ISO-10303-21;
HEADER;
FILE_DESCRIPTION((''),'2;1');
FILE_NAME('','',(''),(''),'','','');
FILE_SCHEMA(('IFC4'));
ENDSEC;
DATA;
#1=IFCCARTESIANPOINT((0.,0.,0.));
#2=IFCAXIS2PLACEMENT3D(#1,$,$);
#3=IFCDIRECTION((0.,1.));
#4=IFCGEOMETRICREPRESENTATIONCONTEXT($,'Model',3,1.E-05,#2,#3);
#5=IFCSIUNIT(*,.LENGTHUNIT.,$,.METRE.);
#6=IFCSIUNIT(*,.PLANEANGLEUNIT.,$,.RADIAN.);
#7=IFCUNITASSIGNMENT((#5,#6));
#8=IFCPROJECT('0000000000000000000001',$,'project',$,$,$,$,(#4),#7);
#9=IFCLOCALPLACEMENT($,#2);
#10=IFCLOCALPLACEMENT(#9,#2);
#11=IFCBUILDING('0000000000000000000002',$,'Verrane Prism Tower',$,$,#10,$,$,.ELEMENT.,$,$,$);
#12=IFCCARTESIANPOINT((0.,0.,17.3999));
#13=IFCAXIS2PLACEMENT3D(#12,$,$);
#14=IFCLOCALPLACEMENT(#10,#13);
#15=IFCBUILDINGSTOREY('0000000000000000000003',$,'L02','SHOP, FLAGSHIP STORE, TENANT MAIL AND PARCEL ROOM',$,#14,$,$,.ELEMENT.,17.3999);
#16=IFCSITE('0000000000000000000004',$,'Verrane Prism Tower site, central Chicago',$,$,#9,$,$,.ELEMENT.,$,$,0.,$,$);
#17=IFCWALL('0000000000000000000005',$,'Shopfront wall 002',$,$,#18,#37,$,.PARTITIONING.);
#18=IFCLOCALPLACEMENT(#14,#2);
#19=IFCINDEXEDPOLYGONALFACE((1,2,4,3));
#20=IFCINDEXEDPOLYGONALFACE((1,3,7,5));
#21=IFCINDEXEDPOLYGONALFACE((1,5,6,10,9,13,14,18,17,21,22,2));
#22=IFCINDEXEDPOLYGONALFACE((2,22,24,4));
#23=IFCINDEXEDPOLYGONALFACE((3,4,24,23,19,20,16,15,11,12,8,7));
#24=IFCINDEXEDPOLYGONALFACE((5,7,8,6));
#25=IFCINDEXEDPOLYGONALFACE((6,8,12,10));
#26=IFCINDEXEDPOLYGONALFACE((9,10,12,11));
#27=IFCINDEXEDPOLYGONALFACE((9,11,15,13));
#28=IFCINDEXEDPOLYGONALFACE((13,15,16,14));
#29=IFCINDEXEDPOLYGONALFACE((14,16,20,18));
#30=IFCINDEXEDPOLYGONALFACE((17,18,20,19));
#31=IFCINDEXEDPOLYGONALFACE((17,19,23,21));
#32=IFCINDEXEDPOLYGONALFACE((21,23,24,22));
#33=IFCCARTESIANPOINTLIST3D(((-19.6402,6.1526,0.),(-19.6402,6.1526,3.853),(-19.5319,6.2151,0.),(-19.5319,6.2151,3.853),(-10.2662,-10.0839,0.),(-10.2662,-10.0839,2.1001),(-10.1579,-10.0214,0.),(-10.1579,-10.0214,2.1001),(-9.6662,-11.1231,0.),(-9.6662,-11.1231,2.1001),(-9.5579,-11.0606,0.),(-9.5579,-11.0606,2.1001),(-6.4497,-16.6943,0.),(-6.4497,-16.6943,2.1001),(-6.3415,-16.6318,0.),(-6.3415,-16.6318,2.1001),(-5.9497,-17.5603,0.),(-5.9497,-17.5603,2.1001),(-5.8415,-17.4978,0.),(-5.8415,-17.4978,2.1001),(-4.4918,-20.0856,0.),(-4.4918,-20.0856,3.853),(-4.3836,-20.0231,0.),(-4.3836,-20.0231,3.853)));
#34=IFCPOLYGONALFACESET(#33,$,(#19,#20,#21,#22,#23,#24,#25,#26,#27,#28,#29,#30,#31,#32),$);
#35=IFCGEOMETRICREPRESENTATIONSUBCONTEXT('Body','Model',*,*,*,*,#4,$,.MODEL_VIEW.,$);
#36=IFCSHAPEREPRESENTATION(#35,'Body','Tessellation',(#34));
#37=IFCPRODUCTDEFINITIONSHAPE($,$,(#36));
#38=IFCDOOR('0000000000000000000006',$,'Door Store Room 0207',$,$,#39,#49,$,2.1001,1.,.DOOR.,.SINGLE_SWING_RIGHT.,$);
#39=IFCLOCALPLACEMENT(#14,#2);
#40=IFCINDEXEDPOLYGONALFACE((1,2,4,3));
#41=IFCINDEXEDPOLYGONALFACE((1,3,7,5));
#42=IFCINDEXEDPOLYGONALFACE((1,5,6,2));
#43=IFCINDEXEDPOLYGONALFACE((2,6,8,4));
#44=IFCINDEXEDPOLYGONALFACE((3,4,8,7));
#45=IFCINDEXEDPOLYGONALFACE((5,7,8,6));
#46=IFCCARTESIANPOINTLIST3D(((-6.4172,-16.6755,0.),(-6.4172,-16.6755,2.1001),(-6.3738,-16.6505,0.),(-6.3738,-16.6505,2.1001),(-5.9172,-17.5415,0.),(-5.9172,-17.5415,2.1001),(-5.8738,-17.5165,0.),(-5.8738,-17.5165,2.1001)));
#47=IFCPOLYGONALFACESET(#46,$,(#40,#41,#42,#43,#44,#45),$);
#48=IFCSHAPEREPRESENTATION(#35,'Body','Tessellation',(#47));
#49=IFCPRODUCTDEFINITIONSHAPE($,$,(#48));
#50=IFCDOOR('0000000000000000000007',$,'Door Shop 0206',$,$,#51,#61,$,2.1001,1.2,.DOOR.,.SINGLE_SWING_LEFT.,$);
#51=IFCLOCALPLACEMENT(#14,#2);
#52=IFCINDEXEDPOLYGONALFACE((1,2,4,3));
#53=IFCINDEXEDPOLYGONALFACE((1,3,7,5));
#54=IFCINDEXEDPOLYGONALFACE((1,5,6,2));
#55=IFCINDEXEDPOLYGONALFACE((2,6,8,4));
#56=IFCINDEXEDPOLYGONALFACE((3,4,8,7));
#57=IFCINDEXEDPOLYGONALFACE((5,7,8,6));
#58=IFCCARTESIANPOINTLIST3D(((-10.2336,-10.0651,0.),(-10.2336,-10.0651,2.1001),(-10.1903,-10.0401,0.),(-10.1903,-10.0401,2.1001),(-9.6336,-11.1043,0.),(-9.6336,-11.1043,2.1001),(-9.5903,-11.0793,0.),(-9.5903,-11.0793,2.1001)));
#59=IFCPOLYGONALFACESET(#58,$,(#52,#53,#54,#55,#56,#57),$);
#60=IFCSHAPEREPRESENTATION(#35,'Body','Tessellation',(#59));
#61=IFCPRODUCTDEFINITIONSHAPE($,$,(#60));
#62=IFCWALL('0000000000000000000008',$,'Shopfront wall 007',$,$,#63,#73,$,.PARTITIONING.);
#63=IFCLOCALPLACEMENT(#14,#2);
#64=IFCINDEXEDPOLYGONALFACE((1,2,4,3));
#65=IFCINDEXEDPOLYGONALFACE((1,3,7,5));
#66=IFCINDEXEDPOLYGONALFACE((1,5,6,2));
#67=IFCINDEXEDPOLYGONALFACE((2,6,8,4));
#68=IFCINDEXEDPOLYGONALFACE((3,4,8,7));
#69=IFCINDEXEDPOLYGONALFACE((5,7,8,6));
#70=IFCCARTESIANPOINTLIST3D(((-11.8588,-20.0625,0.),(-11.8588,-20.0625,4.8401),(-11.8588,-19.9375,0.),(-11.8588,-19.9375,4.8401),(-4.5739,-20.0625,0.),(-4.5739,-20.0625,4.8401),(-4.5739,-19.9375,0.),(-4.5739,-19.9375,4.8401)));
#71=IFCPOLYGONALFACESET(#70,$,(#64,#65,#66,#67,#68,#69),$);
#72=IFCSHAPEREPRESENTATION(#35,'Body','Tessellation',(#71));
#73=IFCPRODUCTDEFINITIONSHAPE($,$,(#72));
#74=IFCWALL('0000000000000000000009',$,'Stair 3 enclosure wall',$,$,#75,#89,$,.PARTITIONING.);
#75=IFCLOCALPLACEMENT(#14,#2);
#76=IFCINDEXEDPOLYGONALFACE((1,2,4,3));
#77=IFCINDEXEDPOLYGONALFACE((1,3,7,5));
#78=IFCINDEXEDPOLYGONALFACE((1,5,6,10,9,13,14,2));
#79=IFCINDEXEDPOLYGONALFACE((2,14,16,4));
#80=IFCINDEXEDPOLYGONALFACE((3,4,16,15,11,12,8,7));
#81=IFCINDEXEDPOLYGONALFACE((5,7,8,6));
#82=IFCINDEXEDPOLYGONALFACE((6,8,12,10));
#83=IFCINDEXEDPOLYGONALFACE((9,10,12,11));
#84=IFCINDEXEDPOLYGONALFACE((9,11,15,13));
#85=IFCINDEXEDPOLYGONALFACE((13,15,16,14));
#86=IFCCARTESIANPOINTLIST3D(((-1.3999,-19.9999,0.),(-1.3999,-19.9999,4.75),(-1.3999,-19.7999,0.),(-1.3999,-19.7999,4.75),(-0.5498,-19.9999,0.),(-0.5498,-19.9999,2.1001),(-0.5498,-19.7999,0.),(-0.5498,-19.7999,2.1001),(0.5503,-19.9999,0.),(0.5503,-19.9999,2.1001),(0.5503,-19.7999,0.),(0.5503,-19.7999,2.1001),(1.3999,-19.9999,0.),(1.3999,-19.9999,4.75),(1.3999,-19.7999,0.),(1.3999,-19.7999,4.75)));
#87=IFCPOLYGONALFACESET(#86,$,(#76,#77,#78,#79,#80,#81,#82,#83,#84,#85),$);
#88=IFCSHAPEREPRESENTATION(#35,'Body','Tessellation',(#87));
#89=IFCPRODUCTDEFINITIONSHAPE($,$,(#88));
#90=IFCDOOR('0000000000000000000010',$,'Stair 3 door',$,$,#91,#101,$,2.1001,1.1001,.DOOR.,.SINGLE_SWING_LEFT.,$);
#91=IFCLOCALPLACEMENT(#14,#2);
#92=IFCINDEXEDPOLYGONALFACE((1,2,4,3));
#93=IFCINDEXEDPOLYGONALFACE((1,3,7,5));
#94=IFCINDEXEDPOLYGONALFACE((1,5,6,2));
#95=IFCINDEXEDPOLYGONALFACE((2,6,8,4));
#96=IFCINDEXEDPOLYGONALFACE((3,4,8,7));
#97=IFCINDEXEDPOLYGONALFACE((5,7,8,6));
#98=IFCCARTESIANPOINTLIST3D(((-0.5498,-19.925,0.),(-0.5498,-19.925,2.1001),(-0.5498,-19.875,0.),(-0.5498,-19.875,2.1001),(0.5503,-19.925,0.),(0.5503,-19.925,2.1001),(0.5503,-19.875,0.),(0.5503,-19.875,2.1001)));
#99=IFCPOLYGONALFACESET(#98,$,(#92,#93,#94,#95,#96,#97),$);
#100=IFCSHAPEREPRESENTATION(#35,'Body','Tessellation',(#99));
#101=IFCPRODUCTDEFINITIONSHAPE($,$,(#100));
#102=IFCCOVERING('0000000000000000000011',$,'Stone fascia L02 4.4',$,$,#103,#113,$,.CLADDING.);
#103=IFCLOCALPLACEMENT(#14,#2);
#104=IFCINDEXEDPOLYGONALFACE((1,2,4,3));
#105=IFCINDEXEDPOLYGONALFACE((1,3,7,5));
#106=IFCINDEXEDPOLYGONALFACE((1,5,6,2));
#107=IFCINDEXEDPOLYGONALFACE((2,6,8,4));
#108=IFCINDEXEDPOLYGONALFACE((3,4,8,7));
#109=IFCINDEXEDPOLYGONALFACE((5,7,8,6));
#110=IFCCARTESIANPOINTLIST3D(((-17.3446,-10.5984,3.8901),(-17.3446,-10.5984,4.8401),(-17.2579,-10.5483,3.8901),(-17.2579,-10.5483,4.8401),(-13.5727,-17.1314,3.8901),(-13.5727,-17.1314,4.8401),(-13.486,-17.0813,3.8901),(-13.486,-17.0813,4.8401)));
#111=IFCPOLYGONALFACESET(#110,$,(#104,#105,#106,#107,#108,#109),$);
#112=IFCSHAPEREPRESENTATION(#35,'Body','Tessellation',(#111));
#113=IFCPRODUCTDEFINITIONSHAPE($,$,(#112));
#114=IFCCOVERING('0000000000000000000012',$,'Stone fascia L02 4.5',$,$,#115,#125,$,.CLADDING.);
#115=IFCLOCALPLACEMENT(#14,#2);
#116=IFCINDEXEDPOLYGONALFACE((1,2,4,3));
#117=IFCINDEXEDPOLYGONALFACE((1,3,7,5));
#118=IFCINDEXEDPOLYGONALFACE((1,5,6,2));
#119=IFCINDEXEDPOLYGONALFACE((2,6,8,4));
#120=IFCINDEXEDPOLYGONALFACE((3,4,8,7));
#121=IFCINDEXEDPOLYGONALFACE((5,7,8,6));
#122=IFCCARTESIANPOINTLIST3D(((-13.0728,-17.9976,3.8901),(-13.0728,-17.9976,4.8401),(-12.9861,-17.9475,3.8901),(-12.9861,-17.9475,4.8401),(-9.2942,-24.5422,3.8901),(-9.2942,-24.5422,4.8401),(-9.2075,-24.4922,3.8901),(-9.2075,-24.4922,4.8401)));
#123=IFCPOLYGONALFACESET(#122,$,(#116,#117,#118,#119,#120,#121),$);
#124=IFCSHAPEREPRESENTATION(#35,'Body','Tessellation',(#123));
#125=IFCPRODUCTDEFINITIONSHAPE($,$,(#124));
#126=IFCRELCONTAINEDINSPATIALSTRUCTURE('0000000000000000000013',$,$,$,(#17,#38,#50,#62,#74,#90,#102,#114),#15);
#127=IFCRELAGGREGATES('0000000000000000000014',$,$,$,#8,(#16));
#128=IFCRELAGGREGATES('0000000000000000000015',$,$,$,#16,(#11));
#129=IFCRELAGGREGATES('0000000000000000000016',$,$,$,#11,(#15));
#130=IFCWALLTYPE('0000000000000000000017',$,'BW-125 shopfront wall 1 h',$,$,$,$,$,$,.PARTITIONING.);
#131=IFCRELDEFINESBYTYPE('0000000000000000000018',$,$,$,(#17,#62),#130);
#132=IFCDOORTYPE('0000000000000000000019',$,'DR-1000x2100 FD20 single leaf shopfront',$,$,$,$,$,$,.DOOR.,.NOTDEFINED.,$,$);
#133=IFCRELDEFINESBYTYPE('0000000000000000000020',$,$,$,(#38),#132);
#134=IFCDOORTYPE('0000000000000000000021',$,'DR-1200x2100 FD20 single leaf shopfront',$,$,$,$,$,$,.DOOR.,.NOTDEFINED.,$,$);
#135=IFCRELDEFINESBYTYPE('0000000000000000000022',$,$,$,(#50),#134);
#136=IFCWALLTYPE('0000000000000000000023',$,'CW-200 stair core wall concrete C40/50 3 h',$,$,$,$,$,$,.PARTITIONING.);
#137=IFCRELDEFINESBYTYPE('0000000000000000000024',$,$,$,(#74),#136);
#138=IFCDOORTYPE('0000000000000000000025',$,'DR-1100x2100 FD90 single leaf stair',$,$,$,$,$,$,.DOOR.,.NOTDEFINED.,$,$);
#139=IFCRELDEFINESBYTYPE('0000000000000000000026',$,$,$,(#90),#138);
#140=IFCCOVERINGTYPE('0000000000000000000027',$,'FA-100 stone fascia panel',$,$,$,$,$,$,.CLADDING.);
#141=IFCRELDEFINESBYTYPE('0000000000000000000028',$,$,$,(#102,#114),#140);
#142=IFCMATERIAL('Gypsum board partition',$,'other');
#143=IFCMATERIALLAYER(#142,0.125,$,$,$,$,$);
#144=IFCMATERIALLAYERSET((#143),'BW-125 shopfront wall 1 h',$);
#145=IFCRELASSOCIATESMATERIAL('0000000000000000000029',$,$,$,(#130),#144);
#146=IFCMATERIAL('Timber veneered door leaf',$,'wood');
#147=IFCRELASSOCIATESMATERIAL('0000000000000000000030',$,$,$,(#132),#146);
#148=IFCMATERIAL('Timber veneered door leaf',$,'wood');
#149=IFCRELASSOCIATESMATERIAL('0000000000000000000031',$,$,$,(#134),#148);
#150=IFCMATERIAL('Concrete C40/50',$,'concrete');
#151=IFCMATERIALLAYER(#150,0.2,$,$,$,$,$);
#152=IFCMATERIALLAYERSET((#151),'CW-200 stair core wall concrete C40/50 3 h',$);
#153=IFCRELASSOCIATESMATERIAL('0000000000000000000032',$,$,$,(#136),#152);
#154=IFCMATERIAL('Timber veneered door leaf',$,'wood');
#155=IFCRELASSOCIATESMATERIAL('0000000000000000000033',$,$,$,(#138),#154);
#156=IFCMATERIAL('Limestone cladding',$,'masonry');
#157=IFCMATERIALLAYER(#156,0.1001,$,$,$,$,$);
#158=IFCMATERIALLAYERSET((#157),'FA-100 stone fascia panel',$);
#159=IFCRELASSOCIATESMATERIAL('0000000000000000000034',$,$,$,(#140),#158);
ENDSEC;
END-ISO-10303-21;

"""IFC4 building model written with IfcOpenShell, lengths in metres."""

from ifc_helpers import new_model, si_unit, direction, frame, frame_2d, origin, origin_2d, place, context, subcontext, project, spatial, rectangle, extrude, material, layer, layer_set, type_object, element, fill, save


model = new_model("IFC4")

# Units and contexts
model_context = context("Model", 3, precision=1e-05, world=origin(), true_north=direction((0.0, 1.0)))
body_context = subcontext(model_context, "Body", "Model", "MODEL_VIEW")
ifc_project = project(units=[si_unit("LENGTHUNIT", "METRE"), si_unit("PLANEANGLEUNIT", "RADIAN")], contexts=[model_context])

# Site, building, storey
site_placement = place(None, origin())
site = spatial("IfcSite", under=ifc_project, at=site_placement, Name="Verrane Prism Tower site, central Chicago", CompositionType="ELEMENT", RefElevation=0.0)
building_placement = place(site_placement, origin())
building = spatial("IfcBuilding", under=site, at=building_placement, Name="Verrane Prism Tower", CompositionType="ELEMENT")
storey_placement = place(building_placement, frame((0.0, 0.0, 17.3999)))
storey = spatial("IfcBuildingStorey", under=building, at=storey_placement, Name="L02", Description="SHOP, FLAGSHIP STORE, TENANT MAIL AND PARCEL ROOM", CompositionType="ELEMENT", Elevation=17.3999)

# Wall, openings, doors
ifc_material_1 = material(Name="Gypsum board partition", Category="other")
ifc_layer_1 = layer(ifc_material_1, 0.125)
ifc_layer_set_1 = layer_set([ifc_layer_1], Name="BW-125 shopfront wall 1 h")
wall_type_1 = type_object("IfcWallType", Name="BW-125 shopfront wall 1 h", PredefinedType="PARTITIONING", material=ifc_layer_set_1)
wall_1_placement = place(storey_placement, frame((-4.4377, -20.0542, 0.0), z_axis=(0.0, 0.0, 1.0), x_axis=(-0.499994, 0.866029, 0.0)))
wall_1 = element("IfcWall", 1, at=wall_1_placement, inside=storey, type_object=wall_type_1, Name="Shopfront wall 002", PredefinedType="PARTITIONING", context=body_context, shape_type="SweptSolid", body=[
    extrude(rectangle(XDim=30.2971, YDim=0.125, at=frame_2d((15.1484, 0.0))), origin(), (0.0, 0.0, 1.0), 3.853),
])
opening_1_placement = place(wall_1_placement, frame((10.3486, 0.0, 0.0)))
opening_1 = element("IfcOpeningElement", 2, at=opening_1_placement, cuts=wall_1, PredefinedType="OPENING", context=body_context, shape_type="SweptSolid", body=[
    extrude(rectangle(XDim=1.2, YDim=2.1001, at=frame_2d((0.6001, 1.05))), frame((0.0, 0.0725, 0.0), z_axis=(0.0, -1.0, 0.0), x_axis=(1.0, 0.0, 0.0)), (0.0, 0.0, 1.0), 0.145),
])
opening_2_placement = place(wall_1_placement, frame((2.9158, 0.0, 0.0)))
opening_2 = element("IfcOpeningElement", 3, at=opening_2_placement, cuts=wall_1, PredefinedType="OPENING", context=body_context, shape_type="SweptSolid", body=[
    extrude(rectangle(XDim=1.0, YDim=2.1001, at=frame_2d((0.5, 1.05))), frame((0.0, 0.0725, 0.0), z_axis=(0.0, -1.0, 0.0), x_axis=(1.0, 0.0, 0.0)), (0.0, 0.0, 1.0), 0.145),
])
ifc_material_2 = material(Name="Timber veneered door leaf", Category="wood")
door_type_1 = type_object("IfcDoorType", Name="DR-1000x2100 FD20 single leaf shopfront", OperationType="NOTDEFINED", PredefinedType="DOOR", material=ifc_material_2)
door_1_placement = place(opening_2_placement, origin())
door_1 = element("IfcDoor", 4, at=door_1_placement, inside=storey, type_object=door_type_1, Name="Door Store Room 0207", OperationType="SINGLE_SWING_RIGHT", OverallHeight=2.1001, OverallWidth=1.0, PredefinedType="DOOR", context=body_context, shape_type="SweptSolid", body=[
    extrude(rectangle(XDim=1.0, YDim=2.1001, at=frame_2d((0.5, 1.05))), frame((0.0, 0.0249, 0.0), z_axis=(0.0, -1.0, 0.0), x_axis=(1.0, 0.0, 0.0)), (0.0, 0.0, 1.0), 0.05),
])
fill(opening_2, door_1)
ifc_material_3 = material(Name="Timber veneered door leaf", Category="wood")
door_type_2 = type_object("IfcDoorType", Name="DR-1200x2100 FD20 single leaf shopfront", OperationType="NOTDEFINED", PredefinedType="DOOR", material=ifc_material_3)
door_2_placement = place(opening_1_placement, origin())
door_2 = element("IfcDoor", 5, at=door_2_placement, inside=storey, type_object=door_type_2, Name="Door Shop 0206", OperationType="SINGLE_SWING_LEFT", OverallHeight=2.1001, OverallWidth=1.2, PredefinedType="DOOR", context=body_context, shape_type="SweptSolid", body=[
    extrude(rectangle(XDim=1.2, YDim=2.1001, at=frame_2d((0.6001, 1.05))), frame((0.0, 0.0249, 0.0), z_axis=(0.0, -1.0, 0.0), x_axis=(1.0, 0.0, 0.0)), (0.0, 0.0, 1.0), 0.05),
])
fill(opening_1, door_2)

# Wall
wall_2_placement = place(storey_placement, frame((-11.8589, -20.0, 0.0), z_axis=(0.0, 0.0, 1.0), x_axis=(1.0, 0.0, 0.0)))
element("IfcWall", 6, at=wall_2_placement, inside=storey, type_object=wall_type_1, Name="Shopfront wall 007", PredefinedType="PARTITIONING", context=body_context, shape_type="SweptSolid", body=[
    extrude(rectangle(XDim=7.2849, YDim=0.125, at=frame_2d((3.6426, 0.0))), origin(), (0.0, 0.0, 1.0), 4.8401),
])

# Wall, opening, door
ifc_material_4 = material(Name="Concrete C40/50", Category="concrete")
ifc_layer_2 = layer(ifc_material_4, 0.2)
ifc_layer_set_2 = layer_set([ifc_layer_2], Name="CW-200 stair core wall concrete C40/50 3 h")
wall_type_2 = type_object("IfcWallType", Name="CW-200 stair core wall concrete C40/50 3 h", PredefinedType="PARTITIONING", material=ifc_layer_set_2)
wall_3_placement = place(storey_placement, frame((-1.3999, -19.8999, 0.0), z_axis=(0.0, 0.0, 1.0), x_axis=(1.0, 0.0, 0.0)))
wall_3 = element("IfcWall", 7, at=wall_3_placement, inside=storey, type_object=wall_type_2, Name="Stair 3 enclosure wall", PredefinedType="PARTITIONING", context=body_context, shape_type="SweptSolid", body=[
    extrude(rectangle(XDim=2.7998, YDim=0.2, at=frame_2d((1.3999, 0.0))), origin(), (0.0, 0.0, 1.0), 4.75),
])
opening_3_placement = place(wall_3_placement, frame((0.8501, 0.0, 0.0)))
opening_3 = element("IfcOpeningElement", 8, at=opening_3_placement, cuts=wall_3, PredefinedType="OPENING", context=body_context, shape_type="SweptSolid", body=[
    extrude(rectangle(XDim=1.1001, YDim=2.1001, at=frame_2d((0.55, 1.05))), frame((0.0, 0.1099, 0.0), z_axis=(0.0, -1.0, 0.0), x_axis=(1.0, 0.0, 0.0)), (0.0, 0.0, 1.0), 0.22),
])
ifc_material_5 = material(Name="Timber veneered door leaf", Category="wood")
door_type_3 = type_object("IfcDoorType", Name="DR-1100x2100 FD90 single leaf stair", OperationType="NOTDEFINED", PredefinedType="DOOR", material=ifc_material_5)
door_3_placement = place(opening_3_placement, origin())
door_3 = element("IfcDoor", 9, at=door_3_placement, inside=storey, type_object=door_type_3, Name="Stair 3 door", OperationType="SINGLE_SWING_LEFT", OverallHeight=2.1001, OverallWidth=1.1001, PredefinedType="DOOR", context=body_context, shape_type="SweptSolid", body=[
    extrude(rectangle(XDim=1.1001, YDim=2.1001, at=frame_2d((0.55, 1.05))), frame((0.0, 0.0249, 0.0), z_axis=(0.0, -1.0, 0.0), x_axis=(1.0, 0.0, 0.0)), (0.0, 0.0, 1.0), 0.05),
])
fill(opening_3, door_3)

# Coverings
ifc_material_6 = material(Name="Limestone cladding", Category="masonry")
ifc_layer_3 = layer(ifc_material_6, 0.1001)
ifc_layer_set_3 = layer_set([ifc_layer_3], Name="FA-100 stone fascia panel")
covering_type = type_object("IfcCoveringType", Name="FA-100 stone fascia panel", PredefinedType="CLADDING", material=ifc_layer_set_3)
covering_1_placement = place(storey_placement, frame((-15.4153, -13.8398, 3.8901), z_axis=(0.0, 0.0, 1.0), x_axis=(0.5, -0.866025, 0.0)))
element("IfcCovering", 10, at=covering_1_placement, inside=storey, type_object=covering_type, Name="Stone fascia L02 4.4", PredefinedType="CLADDING", context=body_context, shape_type="SweptSolid", body=[
    extrude(rectangle(XDim=7.5437, YDim=0.1001, at=origin_2d()), origin(), (0.0, 0.0, 1.0), 0.95),
])
covering_2_placement = place(storey_placement, frame((-11.1401, -21.2449, 3.8901), z_axis=(0.0, 0.0, 1.0), x_axis=(0.5, -0.866025, 0.0)))
element("IfcCovering", 11, at=covering_2_placement, inside=storey, type_object=covering_type, Name="Stone fascia L02 4.5", PredefinedType="CLADDING", context=body_context, shape_type="SweptSolid", body=[
    extrude(rectangle(XDim=7.5571, YDim=0.1001, at=origin_2d()), origin(), (0.0, 0.0, 1.0), 0.95),
])

save(model, "model.ifc")
